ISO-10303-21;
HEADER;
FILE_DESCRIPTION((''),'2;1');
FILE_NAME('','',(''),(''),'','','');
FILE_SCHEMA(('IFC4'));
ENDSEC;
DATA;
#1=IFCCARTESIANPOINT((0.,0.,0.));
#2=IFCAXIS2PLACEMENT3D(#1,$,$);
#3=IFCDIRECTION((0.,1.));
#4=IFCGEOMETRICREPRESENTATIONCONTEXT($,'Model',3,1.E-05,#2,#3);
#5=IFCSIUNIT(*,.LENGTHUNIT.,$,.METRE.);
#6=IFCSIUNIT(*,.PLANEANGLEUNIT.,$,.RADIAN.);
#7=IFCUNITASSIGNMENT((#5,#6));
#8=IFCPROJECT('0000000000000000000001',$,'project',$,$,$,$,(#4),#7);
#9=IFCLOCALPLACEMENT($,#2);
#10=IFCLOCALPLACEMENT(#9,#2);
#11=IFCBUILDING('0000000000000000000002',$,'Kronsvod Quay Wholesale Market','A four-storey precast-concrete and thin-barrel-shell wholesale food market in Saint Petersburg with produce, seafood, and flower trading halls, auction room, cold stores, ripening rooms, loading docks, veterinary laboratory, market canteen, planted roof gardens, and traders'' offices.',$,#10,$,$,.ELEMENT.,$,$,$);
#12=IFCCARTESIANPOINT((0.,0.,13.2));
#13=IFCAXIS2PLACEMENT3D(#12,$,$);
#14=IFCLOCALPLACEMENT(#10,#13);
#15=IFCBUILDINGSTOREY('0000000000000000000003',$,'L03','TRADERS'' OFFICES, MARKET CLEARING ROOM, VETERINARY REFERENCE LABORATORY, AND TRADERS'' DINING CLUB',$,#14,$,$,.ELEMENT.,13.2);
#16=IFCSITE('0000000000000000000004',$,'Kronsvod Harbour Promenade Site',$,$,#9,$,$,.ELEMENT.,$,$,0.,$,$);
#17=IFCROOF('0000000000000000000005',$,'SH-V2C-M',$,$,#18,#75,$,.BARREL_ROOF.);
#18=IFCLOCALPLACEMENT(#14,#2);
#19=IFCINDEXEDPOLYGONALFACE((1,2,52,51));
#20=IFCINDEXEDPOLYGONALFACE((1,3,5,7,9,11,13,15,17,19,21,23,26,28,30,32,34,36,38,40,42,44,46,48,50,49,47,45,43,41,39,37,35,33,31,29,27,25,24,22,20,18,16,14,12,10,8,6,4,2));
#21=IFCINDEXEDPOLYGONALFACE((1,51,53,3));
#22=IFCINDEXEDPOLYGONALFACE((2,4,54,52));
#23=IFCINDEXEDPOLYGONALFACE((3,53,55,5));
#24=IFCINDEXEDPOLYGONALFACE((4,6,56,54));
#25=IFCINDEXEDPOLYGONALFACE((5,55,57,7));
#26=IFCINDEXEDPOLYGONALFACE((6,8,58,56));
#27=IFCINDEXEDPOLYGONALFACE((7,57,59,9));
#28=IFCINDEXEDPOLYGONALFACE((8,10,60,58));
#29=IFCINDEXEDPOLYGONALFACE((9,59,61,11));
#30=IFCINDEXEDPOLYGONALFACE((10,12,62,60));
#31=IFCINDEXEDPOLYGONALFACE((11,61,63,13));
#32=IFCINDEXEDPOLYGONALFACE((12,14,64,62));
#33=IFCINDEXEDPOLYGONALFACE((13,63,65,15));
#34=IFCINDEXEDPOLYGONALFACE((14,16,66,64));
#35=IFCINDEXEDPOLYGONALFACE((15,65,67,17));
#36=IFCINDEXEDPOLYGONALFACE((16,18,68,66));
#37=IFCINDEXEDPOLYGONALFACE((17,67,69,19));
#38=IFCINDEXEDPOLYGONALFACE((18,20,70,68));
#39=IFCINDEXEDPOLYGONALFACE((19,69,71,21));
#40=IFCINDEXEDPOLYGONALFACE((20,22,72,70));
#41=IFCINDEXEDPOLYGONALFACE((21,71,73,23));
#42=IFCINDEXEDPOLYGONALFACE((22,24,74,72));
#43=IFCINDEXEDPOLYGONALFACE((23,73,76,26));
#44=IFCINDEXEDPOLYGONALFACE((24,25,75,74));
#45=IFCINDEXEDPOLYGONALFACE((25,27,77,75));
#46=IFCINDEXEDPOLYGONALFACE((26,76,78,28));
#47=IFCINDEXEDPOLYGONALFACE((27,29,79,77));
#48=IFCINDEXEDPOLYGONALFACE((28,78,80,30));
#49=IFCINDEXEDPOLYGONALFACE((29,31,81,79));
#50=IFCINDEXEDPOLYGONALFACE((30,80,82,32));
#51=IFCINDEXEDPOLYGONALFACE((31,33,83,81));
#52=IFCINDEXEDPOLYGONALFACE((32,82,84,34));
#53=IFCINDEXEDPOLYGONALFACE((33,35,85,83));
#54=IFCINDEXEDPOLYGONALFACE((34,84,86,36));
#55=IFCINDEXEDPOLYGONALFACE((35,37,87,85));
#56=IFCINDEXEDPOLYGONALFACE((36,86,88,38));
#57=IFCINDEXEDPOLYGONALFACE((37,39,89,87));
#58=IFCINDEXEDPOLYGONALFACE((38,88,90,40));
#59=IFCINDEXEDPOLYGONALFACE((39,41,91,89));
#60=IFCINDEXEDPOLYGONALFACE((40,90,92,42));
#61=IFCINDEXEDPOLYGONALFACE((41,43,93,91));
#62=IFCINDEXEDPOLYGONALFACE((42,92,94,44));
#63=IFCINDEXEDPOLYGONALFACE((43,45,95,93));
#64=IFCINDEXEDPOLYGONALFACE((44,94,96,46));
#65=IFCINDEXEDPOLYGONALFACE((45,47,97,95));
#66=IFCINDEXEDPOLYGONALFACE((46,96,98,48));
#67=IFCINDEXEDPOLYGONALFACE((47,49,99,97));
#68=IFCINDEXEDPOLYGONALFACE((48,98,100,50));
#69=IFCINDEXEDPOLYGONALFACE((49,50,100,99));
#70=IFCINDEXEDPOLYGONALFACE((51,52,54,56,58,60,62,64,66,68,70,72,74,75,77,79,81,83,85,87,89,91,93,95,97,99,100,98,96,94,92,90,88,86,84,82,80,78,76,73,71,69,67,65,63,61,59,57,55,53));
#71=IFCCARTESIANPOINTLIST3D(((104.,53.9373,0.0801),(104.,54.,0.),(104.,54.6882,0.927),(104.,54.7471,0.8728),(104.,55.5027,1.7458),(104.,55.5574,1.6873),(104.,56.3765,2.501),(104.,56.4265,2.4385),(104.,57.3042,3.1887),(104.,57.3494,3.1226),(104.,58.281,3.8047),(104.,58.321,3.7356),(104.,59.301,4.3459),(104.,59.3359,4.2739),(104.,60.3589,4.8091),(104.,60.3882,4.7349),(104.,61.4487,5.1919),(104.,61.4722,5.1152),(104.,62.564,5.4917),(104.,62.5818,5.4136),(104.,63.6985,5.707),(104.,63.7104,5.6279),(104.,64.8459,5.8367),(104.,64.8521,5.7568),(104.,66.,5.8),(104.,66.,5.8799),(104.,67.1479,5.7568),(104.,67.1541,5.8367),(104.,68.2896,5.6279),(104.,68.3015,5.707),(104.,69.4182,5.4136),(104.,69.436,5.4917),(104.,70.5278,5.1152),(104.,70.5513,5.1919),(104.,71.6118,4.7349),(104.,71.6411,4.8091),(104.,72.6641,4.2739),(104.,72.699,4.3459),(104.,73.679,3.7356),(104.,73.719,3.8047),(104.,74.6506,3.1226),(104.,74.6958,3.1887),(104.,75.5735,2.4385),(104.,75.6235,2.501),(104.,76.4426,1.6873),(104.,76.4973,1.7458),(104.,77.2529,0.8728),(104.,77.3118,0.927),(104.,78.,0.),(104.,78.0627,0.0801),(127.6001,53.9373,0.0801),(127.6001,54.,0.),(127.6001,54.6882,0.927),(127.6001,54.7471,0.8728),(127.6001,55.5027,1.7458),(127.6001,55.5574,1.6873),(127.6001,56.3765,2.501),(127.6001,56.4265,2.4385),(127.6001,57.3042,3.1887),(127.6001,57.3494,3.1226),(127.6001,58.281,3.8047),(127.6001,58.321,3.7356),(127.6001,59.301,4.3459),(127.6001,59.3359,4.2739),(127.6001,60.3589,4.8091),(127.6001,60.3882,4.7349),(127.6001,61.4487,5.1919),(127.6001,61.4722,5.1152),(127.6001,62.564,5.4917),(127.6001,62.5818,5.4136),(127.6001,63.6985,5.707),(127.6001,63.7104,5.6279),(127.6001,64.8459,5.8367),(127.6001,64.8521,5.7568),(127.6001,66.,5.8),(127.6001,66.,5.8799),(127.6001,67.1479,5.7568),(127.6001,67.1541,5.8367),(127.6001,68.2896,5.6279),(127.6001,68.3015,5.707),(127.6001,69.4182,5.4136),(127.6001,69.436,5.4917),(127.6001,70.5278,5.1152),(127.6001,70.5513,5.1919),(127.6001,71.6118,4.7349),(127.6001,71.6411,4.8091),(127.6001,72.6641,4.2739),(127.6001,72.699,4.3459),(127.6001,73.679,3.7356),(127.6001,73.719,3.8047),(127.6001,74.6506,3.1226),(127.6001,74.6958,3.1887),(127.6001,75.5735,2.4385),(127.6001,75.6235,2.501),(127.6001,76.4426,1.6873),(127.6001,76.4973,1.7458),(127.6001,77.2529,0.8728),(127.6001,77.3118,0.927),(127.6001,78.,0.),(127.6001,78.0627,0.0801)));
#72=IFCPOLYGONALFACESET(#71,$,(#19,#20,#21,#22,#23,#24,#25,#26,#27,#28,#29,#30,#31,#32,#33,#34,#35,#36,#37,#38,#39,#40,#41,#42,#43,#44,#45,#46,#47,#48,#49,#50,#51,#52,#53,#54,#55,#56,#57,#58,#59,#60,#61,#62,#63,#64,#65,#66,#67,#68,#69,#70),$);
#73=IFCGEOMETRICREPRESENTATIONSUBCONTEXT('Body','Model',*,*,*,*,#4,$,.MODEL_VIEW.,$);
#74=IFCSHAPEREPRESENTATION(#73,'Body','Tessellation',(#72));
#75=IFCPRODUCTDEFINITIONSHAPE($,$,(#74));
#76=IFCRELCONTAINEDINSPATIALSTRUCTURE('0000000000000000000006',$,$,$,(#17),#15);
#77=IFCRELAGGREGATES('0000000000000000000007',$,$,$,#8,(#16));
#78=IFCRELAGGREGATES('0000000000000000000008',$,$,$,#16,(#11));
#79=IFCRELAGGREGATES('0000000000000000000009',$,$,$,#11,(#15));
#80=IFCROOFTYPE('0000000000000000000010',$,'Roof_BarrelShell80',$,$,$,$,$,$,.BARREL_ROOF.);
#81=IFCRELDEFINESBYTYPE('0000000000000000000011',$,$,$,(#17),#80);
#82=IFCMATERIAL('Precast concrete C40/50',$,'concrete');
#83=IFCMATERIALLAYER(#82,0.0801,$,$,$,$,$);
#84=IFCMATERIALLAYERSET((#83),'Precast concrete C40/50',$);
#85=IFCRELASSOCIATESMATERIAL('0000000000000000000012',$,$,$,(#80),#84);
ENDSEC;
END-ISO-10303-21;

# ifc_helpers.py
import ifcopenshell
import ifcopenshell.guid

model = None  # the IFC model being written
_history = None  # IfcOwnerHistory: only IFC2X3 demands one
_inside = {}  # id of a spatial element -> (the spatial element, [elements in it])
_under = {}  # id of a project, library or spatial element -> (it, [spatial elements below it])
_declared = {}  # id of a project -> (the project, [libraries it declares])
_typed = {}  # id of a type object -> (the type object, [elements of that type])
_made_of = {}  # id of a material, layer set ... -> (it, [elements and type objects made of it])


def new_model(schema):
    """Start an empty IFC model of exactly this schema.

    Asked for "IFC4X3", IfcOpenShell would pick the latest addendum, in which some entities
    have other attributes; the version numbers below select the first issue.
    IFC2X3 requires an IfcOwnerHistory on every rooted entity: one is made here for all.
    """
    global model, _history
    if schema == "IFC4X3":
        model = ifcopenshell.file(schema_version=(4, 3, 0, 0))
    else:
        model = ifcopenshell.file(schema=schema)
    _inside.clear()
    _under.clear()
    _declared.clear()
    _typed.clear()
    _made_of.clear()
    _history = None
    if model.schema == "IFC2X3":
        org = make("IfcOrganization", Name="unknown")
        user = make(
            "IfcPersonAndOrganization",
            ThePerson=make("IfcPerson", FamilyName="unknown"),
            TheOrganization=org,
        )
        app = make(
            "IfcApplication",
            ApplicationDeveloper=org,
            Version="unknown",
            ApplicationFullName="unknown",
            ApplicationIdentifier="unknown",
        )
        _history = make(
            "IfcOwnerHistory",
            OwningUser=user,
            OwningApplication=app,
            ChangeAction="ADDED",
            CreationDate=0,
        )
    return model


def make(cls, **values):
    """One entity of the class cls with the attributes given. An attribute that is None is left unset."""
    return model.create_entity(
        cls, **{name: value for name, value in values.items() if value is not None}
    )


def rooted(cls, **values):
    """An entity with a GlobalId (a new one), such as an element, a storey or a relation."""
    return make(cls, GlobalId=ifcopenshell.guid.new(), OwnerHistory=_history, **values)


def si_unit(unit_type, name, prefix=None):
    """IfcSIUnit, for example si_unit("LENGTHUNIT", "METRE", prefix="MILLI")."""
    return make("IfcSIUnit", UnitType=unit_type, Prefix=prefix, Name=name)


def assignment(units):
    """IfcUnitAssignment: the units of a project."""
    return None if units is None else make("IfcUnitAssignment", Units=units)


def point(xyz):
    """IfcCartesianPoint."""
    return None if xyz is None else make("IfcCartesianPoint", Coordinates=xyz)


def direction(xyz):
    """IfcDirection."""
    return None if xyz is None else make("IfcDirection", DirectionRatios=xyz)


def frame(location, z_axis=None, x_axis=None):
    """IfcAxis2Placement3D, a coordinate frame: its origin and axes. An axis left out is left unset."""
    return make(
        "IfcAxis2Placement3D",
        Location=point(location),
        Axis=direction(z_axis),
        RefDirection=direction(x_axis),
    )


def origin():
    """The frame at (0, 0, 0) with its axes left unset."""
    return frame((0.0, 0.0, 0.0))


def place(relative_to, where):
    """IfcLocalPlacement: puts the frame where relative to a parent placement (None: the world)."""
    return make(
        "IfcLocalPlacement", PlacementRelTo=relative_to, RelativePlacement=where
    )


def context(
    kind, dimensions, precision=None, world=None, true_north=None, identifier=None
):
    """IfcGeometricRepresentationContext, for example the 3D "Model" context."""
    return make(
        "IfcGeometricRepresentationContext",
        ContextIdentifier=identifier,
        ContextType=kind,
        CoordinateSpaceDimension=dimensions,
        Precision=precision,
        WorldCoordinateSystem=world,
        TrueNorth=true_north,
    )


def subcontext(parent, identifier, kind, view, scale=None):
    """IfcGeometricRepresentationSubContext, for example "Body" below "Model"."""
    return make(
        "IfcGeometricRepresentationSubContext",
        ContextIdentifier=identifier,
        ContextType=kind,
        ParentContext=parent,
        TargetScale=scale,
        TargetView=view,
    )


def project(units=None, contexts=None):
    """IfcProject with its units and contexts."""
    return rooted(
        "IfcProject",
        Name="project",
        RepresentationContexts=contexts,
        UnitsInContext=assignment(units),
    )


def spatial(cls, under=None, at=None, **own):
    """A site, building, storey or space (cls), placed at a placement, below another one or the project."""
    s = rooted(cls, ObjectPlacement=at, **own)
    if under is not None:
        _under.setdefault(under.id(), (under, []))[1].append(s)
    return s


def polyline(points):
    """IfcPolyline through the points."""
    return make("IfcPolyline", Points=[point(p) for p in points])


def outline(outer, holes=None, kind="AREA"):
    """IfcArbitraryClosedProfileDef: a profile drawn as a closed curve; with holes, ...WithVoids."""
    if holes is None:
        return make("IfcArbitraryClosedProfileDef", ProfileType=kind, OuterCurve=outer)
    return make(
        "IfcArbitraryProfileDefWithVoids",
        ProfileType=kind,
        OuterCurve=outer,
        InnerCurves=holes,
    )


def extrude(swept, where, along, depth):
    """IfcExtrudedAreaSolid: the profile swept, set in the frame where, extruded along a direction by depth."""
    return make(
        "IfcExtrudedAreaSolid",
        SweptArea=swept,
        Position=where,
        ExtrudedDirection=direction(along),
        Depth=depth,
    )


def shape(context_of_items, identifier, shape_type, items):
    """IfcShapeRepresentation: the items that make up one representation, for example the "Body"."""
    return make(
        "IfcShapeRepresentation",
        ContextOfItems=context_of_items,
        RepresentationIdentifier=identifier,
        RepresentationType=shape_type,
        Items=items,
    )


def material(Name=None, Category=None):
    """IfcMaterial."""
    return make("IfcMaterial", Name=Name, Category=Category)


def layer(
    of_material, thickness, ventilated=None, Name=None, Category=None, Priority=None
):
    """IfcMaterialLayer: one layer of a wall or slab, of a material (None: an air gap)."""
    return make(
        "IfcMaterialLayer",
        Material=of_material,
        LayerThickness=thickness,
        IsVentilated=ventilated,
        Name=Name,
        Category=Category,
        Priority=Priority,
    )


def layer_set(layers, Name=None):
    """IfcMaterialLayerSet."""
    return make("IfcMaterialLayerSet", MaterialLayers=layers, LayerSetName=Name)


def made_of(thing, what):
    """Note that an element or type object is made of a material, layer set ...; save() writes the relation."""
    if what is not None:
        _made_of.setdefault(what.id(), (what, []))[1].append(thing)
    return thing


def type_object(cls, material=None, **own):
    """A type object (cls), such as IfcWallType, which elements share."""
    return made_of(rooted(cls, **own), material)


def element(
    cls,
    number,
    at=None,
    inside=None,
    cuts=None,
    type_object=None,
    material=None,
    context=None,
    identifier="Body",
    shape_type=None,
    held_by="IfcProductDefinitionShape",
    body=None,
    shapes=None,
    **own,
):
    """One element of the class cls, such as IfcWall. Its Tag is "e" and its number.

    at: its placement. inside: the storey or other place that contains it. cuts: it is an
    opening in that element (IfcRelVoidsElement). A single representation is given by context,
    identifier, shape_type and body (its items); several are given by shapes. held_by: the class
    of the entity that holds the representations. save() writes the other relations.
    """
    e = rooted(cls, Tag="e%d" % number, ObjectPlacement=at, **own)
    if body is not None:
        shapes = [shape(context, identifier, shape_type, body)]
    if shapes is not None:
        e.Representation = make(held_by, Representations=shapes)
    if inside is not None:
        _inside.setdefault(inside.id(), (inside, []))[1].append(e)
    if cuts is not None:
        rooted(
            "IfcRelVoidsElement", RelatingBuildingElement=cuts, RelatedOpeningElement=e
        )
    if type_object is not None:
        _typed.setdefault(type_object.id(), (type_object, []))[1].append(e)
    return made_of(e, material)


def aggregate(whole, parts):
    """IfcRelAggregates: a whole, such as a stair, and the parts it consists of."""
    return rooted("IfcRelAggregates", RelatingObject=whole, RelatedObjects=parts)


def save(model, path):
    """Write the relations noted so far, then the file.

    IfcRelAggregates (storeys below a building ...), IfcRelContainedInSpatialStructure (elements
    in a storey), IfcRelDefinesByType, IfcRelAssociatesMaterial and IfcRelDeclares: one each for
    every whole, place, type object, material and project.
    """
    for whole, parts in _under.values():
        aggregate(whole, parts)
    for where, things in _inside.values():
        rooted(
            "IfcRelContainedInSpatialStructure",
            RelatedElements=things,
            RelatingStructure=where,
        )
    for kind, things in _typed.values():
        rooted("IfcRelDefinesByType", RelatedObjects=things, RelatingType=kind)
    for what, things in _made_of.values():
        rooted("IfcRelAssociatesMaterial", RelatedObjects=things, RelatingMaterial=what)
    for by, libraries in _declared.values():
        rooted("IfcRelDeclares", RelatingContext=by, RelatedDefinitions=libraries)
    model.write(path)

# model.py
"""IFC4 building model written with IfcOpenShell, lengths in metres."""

from ifc_helpers import new_model, si_unit, direction, frame, origin, place, context, subcontext, project, spatial, polyline, outline, extrude, material, layer, layer_set, type_object, element, save


model = new_model("IFC4")

# Units and contexts
model_context = context("Model", 3, precision=1e-05, world=origin(), true_north=direction((0.0, 1.0)))
body_context = subcontext(model_context, "Body", "Model", "MODEL_VIEW")
ifc_project = project(units=[si_unit("LENGTHUNIT", "METRE"), si_unit("PLANEANGLEUNIT", "RADIAN")], contexts=[model_context])

# Site, building, storey
site_placement = place(None, origin())
site = spatial("IfcSite", under=ifc_project, at=site_placement, Name="Kronsvod Harbour Promenade Site", CompositionType="ELEMENT", RefElevation=0.0)
building_placement = place(site_placement, origin())
building = spatial("IfcBuilding", under=site, at=building_placement, Name="Kronsvod Quay Wholesale Market", Description="A four-storey precast-concrete and thin-barrel-shell wholesale food market in Saint Petersburg with produce, seafood, and flower trading halls, auction room, cold stores, ripening rooms, loading docks, veterinary laboratory, market canteen, planted roof gardens, and traders' offices.", CompositionType="ELEMENT")
storey_placement = place(building_placement, frame((0.0, 0.0, 13.2)))
storey = spatial("IfcBuildingStorey", under=building, at=storey_placement, Name="L03", Description="TRADERS' OFFICES, MARKET CLEARING ROOM, VETERINARY REFERENCE LABORATORY, AND TRADERS' DINING CLUB", CompositionType="ELEMENT", Elevation=13.2)

# Roof
ifc_material_1 = material(Name="Precast concrete C40/50", Category="concrete")
ifc_layer_1 = layer(ifc_material_1, 0.0801)
ifc_layer_set_1 = layer_set([ifc_layer_1], Name="Precast concrete C40/50")
roof_type = type_object("IfcRoofType", Name="Roof_BarrelShell80", PredefinedType="BARREL_ROOF", material=ifc_layer_set_1)
roof_placement = place(storey_placement, frame((104.0, 66.0, 0.0), z_axis=(1.0, 0.0, 0.0), x_axis=(0.0, 1.0, 0.0)))
element("IfcRoof", 1, at=roof_placement, inside=storey, type_object=roof_type, Name="SH-V2C-M", PredefinedType="BARREL_ROOF", context=body_context, shape_type="SweptSolid", body=[
    extrude(outline(polyline([(-12.0, 0.0), (-11.2529, 0.8728), (-10.4426, 1.6873), (-9.5735, 2.4385), (-8.6506, 3.1226), (-7.679, 3.7356), (-6.6641, 4.2739), (-5.6118, 4.7349), (-4.5278, 5.1152), (-3.4182, 5.4136), (-2.2896, 5.6279), (-1.1479, 5.7568), (0.0, 5.8), (1.1479, 5.7568), (2.2896, 5.6279), (3.4182, 5.4136), (4.5278, 5.1152), (5.6118, 4.7349), (6.6641, 4.2739), (7.679, 3.7356), (8.6506, 3.1226), (9.5735, 2.4385), (10.4426, 1.6873), (11.2529, 0.8728), (12.0, 0.0), (12.0627, 0.0801), (11.3118, 0.927), (10.4973, 1.7458), (9.6235, 2.501), (8.6958, 3.1887), (7.719, 3.8047), (6.699, 4.3459), (5.6411, 4.8091), (4.5513, 5.1919), (3.436, 5.4917), (2.3015, 5.707), (1.1541, 5.8367), (0.0, 5.8799), (-1.1541, 5.8367), (-2.3015, 5.707), (-3.436, 5.4917), (-4.5513, 5.1919), (-5.6411, 4.8091), (-6.699, 4.3459), (-7.719, 3.8047), (-8.6958, 3.1887), (-9.6235, 2.501), (-10.4973, 1.7458), (-11.3118, 0.927), (-12.0627, 0.0801), (-12.0, 0.0)])), origin(), (0.0, 0.0, 1.0), 23.6001),
])

save(model, "model.ifc")
